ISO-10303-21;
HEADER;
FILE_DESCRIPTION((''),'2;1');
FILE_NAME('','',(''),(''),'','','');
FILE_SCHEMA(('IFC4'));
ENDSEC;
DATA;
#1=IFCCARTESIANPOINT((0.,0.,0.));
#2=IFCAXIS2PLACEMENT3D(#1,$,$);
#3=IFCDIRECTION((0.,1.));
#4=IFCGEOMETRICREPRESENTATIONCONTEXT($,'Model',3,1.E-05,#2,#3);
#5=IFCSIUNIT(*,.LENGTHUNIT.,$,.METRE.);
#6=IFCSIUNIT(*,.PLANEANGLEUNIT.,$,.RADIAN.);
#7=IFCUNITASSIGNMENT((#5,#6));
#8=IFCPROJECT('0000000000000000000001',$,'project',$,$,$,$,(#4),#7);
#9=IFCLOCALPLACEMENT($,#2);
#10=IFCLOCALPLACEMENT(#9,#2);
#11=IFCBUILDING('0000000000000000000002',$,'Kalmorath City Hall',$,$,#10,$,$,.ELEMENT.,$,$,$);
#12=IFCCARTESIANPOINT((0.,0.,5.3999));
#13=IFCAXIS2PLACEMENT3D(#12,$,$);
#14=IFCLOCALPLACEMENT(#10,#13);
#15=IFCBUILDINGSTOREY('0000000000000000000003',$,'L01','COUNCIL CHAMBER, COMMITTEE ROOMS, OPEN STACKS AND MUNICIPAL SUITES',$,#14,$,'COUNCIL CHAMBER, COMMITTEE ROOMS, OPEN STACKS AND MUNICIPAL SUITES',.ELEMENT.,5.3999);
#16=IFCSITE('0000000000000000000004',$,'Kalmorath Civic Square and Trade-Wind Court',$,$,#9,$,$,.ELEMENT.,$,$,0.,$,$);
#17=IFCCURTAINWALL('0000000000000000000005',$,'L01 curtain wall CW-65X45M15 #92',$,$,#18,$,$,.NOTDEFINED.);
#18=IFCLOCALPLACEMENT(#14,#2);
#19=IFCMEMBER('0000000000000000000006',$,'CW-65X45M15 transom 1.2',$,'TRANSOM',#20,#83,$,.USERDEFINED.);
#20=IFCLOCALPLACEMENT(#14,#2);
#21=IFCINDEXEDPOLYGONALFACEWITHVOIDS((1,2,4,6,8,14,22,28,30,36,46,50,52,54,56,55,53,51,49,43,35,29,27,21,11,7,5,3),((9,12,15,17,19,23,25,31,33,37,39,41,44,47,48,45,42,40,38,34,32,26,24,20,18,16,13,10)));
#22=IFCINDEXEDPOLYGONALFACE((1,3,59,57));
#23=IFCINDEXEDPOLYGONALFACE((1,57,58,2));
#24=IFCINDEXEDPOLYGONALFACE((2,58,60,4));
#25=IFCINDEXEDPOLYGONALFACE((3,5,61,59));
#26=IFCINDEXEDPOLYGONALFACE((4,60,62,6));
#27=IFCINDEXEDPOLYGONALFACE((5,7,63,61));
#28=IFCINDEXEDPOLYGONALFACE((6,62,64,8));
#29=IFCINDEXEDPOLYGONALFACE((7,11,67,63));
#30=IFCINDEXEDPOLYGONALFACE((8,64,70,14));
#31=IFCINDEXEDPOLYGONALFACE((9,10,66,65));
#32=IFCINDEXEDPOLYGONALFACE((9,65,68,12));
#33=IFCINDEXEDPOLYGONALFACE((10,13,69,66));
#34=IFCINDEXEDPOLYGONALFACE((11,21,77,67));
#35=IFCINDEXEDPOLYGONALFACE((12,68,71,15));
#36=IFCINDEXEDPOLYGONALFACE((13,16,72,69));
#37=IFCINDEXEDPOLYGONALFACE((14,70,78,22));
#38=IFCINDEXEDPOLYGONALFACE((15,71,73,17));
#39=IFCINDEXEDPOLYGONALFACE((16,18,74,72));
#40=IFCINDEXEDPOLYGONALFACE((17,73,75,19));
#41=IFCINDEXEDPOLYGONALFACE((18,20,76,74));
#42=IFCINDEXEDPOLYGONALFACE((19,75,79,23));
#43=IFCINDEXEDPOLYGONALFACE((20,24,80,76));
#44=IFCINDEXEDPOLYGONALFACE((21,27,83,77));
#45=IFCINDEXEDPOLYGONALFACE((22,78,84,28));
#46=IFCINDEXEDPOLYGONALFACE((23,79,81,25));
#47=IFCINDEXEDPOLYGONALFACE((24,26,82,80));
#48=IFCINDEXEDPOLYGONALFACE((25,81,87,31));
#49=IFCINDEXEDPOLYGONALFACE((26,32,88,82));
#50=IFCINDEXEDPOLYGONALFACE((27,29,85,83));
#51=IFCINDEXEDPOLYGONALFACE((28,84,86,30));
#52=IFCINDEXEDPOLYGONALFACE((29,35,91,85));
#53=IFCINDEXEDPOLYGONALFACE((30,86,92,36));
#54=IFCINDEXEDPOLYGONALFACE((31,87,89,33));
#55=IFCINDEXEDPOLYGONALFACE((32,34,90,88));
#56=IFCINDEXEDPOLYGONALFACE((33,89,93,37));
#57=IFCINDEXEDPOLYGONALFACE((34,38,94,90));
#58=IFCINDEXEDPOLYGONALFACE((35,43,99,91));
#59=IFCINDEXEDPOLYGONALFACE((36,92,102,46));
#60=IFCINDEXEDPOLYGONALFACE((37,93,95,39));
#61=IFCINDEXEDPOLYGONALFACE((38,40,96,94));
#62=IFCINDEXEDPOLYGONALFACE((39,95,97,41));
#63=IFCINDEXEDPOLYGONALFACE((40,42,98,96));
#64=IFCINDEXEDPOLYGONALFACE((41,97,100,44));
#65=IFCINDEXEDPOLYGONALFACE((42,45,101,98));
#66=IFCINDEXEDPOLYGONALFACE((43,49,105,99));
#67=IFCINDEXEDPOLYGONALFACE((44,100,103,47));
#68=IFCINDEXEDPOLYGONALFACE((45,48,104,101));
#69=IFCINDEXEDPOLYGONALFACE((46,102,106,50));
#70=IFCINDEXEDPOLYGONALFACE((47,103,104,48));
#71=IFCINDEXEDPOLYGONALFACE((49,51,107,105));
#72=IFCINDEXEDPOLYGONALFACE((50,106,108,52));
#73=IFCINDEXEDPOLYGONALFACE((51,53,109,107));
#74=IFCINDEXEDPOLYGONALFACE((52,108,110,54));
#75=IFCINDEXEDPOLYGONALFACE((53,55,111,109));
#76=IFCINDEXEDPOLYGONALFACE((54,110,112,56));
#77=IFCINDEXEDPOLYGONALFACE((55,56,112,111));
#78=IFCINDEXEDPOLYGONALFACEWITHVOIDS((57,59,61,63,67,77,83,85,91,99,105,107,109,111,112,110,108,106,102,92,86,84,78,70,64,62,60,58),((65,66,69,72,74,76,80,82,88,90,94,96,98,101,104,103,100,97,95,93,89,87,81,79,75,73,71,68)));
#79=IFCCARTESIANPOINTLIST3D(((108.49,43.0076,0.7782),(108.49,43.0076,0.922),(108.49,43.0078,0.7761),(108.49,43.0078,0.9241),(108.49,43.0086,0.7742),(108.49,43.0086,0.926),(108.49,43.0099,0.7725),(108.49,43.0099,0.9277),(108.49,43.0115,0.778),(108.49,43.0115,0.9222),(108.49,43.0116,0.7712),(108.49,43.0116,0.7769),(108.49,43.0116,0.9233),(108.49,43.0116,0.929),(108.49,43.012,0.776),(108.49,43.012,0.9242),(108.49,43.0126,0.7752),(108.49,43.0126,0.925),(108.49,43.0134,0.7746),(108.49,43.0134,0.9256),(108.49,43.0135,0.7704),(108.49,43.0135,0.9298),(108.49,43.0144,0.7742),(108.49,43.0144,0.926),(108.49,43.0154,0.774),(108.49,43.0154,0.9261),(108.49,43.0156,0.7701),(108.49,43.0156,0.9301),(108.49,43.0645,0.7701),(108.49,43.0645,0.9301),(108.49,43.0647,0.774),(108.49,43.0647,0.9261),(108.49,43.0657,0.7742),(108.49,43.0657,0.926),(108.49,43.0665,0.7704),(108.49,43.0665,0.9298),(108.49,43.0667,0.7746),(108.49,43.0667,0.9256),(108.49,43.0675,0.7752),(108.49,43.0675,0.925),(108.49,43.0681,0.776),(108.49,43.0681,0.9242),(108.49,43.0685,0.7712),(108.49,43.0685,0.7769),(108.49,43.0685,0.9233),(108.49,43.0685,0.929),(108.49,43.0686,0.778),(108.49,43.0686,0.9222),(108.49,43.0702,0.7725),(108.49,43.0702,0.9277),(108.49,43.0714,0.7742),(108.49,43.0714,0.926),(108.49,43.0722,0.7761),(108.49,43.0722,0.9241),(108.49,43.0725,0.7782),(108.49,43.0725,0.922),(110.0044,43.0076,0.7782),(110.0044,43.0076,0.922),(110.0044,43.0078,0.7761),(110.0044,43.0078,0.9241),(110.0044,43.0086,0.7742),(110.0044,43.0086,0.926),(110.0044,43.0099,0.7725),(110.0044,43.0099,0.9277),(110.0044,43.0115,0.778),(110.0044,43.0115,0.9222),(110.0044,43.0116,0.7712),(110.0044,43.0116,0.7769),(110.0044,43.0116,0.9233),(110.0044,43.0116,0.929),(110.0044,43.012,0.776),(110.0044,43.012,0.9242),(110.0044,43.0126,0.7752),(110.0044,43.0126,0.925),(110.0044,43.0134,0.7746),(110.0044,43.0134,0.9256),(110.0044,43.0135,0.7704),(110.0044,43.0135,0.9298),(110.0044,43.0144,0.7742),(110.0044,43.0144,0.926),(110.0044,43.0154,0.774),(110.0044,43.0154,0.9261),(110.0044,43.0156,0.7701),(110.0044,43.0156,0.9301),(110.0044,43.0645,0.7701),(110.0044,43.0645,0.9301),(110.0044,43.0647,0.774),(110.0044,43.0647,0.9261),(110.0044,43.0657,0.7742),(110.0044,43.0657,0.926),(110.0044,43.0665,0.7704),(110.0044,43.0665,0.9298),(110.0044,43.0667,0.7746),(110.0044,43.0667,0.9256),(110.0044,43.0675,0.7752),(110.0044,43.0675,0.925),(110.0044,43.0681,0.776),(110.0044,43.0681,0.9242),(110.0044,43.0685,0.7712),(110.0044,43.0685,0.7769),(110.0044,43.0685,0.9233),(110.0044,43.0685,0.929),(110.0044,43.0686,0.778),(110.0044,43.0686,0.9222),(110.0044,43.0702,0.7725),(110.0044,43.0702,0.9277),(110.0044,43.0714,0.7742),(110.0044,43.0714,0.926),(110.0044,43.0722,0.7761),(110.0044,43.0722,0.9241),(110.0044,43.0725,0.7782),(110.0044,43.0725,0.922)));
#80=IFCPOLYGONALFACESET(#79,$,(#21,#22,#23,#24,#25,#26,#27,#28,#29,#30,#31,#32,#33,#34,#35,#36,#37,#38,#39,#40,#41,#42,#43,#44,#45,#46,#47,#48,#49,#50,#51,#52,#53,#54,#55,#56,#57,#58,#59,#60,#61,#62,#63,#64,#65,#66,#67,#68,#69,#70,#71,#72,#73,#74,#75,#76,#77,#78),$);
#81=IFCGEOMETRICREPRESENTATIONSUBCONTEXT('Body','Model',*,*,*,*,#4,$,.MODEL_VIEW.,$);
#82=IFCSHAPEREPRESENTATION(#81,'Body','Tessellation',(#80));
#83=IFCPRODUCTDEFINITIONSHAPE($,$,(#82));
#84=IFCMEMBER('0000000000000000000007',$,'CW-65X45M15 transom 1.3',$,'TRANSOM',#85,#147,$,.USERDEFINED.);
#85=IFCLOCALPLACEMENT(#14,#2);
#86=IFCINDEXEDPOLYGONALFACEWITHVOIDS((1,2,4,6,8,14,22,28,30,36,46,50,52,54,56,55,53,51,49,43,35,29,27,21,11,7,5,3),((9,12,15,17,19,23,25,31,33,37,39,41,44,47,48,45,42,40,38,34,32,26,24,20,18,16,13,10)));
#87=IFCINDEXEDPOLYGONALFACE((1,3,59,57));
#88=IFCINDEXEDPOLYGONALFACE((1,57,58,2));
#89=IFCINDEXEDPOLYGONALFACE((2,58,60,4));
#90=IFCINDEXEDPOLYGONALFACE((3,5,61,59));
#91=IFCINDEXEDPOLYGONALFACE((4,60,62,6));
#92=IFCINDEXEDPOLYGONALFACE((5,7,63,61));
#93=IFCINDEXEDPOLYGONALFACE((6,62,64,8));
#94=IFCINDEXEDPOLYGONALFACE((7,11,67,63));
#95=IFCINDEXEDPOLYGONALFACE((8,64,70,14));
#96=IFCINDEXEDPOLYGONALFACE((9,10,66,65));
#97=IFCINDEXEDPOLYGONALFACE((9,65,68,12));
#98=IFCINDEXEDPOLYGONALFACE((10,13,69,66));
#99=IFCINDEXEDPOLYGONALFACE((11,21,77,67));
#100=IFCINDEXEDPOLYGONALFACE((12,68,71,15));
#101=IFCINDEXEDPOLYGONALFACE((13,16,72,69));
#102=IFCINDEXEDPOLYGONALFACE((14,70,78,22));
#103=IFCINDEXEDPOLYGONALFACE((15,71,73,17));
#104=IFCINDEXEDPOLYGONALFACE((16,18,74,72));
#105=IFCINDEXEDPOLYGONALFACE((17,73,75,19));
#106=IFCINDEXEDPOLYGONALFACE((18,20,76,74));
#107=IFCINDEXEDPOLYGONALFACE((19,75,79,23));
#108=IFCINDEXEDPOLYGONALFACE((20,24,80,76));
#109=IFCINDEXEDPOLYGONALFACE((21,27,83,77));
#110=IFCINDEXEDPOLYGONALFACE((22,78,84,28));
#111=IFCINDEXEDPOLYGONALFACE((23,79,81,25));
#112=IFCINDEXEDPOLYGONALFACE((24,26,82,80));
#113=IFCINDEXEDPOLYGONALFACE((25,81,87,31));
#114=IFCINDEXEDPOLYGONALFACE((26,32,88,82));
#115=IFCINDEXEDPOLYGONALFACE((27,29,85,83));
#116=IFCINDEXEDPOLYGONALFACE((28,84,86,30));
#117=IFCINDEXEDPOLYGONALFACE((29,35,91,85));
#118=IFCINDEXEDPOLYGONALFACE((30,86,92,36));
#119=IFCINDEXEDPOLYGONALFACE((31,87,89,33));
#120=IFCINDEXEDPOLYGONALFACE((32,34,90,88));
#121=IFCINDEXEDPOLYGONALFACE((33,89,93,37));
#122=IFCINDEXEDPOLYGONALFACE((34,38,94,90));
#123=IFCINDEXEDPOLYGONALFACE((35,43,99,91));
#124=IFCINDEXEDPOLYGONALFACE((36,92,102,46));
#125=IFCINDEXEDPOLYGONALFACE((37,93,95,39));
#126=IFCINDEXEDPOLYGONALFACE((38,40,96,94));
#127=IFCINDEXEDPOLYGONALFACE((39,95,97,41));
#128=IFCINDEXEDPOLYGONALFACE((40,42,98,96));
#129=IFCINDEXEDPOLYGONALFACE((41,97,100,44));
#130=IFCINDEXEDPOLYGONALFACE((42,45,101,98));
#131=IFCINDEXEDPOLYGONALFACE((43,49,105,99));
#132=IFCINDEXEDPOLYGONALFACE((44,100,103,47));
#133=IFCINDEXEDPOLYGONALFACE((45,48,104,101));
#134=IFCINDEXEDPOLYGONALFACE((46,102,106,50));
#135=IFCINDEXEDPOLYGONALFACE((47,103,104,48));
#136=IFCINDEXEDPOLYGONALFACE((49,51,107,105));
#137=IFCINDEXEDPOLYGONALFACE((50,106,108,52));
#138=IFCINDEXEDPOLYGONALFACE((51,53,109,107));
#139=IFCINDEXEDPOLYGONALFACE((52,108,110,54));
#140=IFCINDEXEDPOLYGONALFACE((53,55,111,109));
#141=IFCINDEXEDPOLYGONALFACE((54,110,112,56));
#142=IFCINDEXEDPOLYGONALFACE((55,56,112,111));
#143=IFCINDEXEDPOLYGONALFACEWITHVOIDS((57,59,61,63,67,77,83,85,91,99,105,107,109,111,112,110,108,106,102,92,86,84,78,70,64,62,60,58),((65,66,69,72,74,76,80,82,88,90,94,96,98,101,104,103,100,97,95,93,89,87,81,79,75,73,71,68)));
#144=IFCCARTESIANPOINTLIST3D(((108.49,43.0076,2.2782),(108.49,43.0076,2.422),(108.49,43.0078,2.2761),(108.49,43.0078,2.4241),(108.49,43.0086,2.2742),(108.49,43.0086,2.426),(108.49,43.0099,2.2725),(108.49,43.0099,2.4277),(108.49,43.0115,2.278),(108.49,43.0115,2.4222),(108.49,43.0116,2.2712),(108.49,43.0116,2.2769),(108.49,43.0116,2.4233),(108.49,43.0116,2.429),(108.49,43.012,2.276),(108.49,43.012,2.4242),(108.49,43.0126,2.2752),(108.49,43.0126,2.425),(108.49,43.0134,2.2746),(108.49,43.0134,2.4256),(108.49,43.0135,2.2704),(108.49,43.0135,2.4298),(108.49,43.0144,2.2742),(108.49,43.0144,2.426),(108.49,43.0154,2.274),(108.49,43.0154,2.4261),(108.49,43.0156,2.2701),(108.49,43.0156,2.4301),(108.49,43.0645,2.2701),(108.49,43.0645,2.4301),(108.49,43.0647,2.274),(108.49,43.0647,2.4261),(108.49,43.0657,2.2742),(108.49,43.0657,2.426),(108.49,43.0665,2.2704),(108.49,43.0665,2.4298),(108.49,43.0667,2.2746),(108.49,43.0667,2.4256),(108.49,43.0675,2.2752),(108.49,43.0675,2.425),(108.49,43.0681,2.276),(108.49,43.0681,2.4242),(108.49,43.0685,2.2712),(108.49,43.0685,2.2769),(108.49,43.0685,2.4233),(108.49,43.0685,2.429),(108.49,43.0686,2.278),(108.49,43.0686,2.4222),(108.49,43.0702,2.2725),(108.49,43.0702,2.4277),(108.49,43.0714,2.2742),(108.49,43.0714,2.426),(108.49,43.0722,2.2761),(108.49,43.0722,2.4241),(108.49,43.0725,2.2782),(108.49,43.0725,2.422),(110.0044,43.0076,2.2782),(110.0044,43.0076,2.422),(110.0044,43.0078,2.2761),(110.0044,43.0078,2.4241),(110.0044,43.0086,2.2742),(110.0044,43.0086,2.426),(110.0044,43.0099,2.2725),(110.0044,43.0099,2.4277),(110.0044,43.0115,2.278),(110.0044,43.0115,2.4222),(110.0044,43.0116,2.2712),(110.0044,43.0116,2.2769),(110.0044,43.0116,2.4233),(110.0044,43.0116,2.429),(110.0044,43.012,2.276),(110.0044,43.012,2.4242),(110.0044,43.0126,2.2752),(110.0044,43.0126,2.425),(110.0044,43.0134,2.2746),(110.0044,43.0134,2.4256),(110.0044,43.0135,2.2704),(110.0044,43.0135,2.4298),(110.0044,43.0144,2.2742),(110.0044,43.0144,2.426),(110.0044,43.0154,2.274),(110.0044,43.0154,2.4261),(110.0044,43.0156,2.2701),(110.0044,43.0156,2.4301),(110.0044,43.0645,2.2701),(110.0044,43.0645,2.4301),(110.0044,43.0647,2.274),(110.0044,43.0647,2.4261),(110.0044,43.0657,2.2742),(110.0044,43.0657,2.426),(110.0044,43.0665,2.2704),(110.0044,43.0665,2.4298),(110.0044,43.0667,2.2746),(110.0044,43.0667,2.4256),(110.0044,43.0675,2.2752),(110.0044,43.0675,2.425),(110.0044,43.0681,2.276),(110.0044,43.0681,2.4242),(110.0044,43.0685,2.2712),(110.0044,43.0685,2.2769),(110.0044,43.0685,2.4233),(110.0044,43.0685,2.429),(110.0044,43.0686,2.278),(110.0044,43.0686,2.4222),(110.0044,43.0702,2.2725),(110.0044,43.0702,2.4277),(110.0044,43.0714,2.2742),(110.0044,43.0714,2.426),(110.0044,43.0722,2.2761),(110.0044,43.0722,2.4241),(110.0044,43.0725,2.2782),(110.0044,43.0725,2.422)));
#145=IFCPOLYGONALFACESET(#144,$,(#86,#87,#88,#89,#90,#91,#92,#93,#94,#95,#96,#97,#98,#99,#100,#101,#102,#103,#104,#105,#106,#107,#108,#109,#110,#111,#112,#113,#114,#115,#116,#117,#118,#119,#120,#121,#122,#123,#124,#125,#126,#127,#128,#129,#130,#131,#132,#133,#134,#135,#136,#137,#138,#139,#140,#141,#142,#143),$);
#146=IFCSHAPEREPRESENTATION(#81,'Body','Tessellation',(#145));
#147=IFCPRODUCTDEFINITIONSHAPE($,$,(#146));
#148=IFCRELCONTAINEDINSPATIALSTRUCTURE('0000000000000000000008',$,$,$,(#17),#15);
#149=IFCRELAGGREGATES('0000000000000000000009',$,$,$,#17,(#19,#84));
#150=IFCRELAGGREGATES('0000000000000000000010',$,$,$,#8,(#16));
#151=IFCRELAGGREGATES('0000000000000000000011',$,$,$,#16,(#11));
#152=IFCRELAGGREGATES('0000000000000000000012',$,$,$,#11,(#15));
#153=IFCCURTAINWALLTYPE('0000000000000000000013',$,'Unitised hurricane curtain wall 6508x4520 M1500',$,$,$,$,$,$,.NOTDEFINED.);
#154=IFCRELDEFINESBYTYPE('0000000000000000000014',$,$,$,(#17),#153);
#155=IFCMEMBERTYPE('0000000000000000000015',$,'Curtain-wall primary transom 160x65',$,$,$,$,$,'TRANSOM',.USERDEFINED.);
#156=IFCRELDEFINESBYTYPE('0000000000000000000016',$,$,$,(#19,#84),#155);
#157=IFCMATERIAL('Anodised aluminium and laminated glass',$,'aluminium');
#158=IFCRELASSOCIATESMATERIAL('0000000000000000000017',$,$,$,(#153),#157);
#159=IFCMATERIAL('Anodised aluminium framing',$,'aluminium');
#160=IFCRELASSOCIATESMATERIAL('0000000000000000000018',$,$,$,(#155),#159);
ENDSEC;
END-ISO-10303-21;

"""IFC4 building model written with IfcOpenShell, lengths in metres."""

from ifc_helpers import new_model, si_unit, direction, frame, origin, origin_2d, place, context, subcontext, project, spatial, hollow_rectangle, extrude, material, material_profile, profile_set, type_object, element, aggregate, save


model = new_model("IFC4")

# Units and contexts
model_context = context("Model", 3, precision=1e-05, world=origin(), true_north=direction((0.0, 1.0)))
body_context = subcontext(model_context, "Body", "Model", "MODEL_VIEW")
ifc_project = project(units=[si_unit("LENGTHUNIT", "METRE"), si_unit("PLANEANGLEUNIT", "RADIAN")], contexts=[model_context])

# Site, building, storey
site_placement = place(None, origin())
site = spatial("IfcSite", under=ifc_project, at=site_placement, Name="Kalmorath Civic Square and Trade-Wind Court", CompositionType="ELEMENT", RefElevation=0.0)
building_placement = place(site_placement, origin())
building = spatial("IfcBuilding", under=site, at=building_placement, Name="Kalmorath City Hall", CompositionType="ELEMENT")
storey_placement = place(building_placement, frame((0.0, 0.0, 5.3999)))
storey = spatial("IfcBuildingStorey", under=building, at=storey_placement, Name="L01", Description="COUNCIL CHAMBER, COMMITTEE ROOMS, OPEN STACKS AND MUNICIPAL SUITES", LongName="COUNCIL CHAMBER, COMMITTEE ROOMS, OPEN STACKS AND MUNICIPAL SUITES", CompositionType="ELEMENT", Elevation=5.3999)

# Curtain wall, members
ifc_material_1 = material(Name="Anodised aluminium and laminated glass", Category="aluminium")
curtain_wall_type_1 = type_object("IfcCurtainWallType", Name="Unitised hurricane curtain wall 6508x4520 M1500", PredefinedType="NOTDEFINED", material=ifc_material_1)
curtain_wall_1_placement = place(storey_placement, origin())
curtain_wall_1 = element("IfcCurtainWall", 1, at=curtain_wall_1_placement, inside=storey, type_object=curtain_wall_type_1, Name="L01 curtain wall CW-65X45M15 #92", PredefinedType="NOTDEFINED")
ifc_material_2 = material(Name="Anodised aluminium framing", Category="aluminium")
ifc_material_profile_1 = material_profile(ifc_material_2, hollow_rectangle(XDim=0.0649, YDim=0.1599, WallThickness=0.0039, InnerFilletRadius=0.0039, OuterFilletRadius=0.0081, at=origin_2d()), Name="ALU-TRN-160X65X4")
ifc_profile_set_1 = profile_set([ifc_material_profile_1], Name="Anodised aluminium framing")
member_type_1 = type_object("IfcMemberType", Name="Curtain-wall primary transom 160x65", ElementType="TRANSOM", PredefinedType="USERDEFINED", material=ifc_profile_set_1)
member_1_placement = place(storey_placement, frame((108.49, 43.04, 0.8501), z_axis=(1.0, 0.0, 0.0), x_axis=(0.0, 1.0, 0.0)))
member_1 = element("IfcMember", 2, at=member_1_placement, type_object=member_type_1, Name="CW-65X45M15 transom 1.2", ObjectType="TRANSOM", PredefinedType="USERDEFINED", context=body_context, shape_type="SweptSolid", body=[
    extrude(hollow_rectangle(XDim=0.0649, YDim=0.1599, WallThickness=0.0039, InnerFilletRadius=0.0039, OuterFilletRadius=0.0081, at=origin_2d()), origin(), (0.0, 0.0, 1.0), 1.5144),
])
member_2_placement = place(storey_placement, frame((108.49, 43.04, 2.3501), z_axis=(1.0, 0.0, 0.0), x_axis=(0.0, 1.0, 0.0)))
member_2 = element("IfcMember", 3, at=member_2_placement, type_object=member_type_1, Name="CW-65X45M15 transom 1.3", ObjectType="TRANSOM", PredefinedType="USERDEFINED", context=body_context, shape_type="SweptSolid", body=[
    extrude(hollow_rectangle(XDim=0.0649, YDim=0.1599, WallThickness=0.0039, InnerFilletRadius=0.0039, OuterFilletRadius=0.0081, at=origin_2d()), origin(), (0.0, 0.0, 1.0), 1.5144),
])

aggregate(curtain_wall_1, [member_1, member_2])

save(model, "model.ifc")
